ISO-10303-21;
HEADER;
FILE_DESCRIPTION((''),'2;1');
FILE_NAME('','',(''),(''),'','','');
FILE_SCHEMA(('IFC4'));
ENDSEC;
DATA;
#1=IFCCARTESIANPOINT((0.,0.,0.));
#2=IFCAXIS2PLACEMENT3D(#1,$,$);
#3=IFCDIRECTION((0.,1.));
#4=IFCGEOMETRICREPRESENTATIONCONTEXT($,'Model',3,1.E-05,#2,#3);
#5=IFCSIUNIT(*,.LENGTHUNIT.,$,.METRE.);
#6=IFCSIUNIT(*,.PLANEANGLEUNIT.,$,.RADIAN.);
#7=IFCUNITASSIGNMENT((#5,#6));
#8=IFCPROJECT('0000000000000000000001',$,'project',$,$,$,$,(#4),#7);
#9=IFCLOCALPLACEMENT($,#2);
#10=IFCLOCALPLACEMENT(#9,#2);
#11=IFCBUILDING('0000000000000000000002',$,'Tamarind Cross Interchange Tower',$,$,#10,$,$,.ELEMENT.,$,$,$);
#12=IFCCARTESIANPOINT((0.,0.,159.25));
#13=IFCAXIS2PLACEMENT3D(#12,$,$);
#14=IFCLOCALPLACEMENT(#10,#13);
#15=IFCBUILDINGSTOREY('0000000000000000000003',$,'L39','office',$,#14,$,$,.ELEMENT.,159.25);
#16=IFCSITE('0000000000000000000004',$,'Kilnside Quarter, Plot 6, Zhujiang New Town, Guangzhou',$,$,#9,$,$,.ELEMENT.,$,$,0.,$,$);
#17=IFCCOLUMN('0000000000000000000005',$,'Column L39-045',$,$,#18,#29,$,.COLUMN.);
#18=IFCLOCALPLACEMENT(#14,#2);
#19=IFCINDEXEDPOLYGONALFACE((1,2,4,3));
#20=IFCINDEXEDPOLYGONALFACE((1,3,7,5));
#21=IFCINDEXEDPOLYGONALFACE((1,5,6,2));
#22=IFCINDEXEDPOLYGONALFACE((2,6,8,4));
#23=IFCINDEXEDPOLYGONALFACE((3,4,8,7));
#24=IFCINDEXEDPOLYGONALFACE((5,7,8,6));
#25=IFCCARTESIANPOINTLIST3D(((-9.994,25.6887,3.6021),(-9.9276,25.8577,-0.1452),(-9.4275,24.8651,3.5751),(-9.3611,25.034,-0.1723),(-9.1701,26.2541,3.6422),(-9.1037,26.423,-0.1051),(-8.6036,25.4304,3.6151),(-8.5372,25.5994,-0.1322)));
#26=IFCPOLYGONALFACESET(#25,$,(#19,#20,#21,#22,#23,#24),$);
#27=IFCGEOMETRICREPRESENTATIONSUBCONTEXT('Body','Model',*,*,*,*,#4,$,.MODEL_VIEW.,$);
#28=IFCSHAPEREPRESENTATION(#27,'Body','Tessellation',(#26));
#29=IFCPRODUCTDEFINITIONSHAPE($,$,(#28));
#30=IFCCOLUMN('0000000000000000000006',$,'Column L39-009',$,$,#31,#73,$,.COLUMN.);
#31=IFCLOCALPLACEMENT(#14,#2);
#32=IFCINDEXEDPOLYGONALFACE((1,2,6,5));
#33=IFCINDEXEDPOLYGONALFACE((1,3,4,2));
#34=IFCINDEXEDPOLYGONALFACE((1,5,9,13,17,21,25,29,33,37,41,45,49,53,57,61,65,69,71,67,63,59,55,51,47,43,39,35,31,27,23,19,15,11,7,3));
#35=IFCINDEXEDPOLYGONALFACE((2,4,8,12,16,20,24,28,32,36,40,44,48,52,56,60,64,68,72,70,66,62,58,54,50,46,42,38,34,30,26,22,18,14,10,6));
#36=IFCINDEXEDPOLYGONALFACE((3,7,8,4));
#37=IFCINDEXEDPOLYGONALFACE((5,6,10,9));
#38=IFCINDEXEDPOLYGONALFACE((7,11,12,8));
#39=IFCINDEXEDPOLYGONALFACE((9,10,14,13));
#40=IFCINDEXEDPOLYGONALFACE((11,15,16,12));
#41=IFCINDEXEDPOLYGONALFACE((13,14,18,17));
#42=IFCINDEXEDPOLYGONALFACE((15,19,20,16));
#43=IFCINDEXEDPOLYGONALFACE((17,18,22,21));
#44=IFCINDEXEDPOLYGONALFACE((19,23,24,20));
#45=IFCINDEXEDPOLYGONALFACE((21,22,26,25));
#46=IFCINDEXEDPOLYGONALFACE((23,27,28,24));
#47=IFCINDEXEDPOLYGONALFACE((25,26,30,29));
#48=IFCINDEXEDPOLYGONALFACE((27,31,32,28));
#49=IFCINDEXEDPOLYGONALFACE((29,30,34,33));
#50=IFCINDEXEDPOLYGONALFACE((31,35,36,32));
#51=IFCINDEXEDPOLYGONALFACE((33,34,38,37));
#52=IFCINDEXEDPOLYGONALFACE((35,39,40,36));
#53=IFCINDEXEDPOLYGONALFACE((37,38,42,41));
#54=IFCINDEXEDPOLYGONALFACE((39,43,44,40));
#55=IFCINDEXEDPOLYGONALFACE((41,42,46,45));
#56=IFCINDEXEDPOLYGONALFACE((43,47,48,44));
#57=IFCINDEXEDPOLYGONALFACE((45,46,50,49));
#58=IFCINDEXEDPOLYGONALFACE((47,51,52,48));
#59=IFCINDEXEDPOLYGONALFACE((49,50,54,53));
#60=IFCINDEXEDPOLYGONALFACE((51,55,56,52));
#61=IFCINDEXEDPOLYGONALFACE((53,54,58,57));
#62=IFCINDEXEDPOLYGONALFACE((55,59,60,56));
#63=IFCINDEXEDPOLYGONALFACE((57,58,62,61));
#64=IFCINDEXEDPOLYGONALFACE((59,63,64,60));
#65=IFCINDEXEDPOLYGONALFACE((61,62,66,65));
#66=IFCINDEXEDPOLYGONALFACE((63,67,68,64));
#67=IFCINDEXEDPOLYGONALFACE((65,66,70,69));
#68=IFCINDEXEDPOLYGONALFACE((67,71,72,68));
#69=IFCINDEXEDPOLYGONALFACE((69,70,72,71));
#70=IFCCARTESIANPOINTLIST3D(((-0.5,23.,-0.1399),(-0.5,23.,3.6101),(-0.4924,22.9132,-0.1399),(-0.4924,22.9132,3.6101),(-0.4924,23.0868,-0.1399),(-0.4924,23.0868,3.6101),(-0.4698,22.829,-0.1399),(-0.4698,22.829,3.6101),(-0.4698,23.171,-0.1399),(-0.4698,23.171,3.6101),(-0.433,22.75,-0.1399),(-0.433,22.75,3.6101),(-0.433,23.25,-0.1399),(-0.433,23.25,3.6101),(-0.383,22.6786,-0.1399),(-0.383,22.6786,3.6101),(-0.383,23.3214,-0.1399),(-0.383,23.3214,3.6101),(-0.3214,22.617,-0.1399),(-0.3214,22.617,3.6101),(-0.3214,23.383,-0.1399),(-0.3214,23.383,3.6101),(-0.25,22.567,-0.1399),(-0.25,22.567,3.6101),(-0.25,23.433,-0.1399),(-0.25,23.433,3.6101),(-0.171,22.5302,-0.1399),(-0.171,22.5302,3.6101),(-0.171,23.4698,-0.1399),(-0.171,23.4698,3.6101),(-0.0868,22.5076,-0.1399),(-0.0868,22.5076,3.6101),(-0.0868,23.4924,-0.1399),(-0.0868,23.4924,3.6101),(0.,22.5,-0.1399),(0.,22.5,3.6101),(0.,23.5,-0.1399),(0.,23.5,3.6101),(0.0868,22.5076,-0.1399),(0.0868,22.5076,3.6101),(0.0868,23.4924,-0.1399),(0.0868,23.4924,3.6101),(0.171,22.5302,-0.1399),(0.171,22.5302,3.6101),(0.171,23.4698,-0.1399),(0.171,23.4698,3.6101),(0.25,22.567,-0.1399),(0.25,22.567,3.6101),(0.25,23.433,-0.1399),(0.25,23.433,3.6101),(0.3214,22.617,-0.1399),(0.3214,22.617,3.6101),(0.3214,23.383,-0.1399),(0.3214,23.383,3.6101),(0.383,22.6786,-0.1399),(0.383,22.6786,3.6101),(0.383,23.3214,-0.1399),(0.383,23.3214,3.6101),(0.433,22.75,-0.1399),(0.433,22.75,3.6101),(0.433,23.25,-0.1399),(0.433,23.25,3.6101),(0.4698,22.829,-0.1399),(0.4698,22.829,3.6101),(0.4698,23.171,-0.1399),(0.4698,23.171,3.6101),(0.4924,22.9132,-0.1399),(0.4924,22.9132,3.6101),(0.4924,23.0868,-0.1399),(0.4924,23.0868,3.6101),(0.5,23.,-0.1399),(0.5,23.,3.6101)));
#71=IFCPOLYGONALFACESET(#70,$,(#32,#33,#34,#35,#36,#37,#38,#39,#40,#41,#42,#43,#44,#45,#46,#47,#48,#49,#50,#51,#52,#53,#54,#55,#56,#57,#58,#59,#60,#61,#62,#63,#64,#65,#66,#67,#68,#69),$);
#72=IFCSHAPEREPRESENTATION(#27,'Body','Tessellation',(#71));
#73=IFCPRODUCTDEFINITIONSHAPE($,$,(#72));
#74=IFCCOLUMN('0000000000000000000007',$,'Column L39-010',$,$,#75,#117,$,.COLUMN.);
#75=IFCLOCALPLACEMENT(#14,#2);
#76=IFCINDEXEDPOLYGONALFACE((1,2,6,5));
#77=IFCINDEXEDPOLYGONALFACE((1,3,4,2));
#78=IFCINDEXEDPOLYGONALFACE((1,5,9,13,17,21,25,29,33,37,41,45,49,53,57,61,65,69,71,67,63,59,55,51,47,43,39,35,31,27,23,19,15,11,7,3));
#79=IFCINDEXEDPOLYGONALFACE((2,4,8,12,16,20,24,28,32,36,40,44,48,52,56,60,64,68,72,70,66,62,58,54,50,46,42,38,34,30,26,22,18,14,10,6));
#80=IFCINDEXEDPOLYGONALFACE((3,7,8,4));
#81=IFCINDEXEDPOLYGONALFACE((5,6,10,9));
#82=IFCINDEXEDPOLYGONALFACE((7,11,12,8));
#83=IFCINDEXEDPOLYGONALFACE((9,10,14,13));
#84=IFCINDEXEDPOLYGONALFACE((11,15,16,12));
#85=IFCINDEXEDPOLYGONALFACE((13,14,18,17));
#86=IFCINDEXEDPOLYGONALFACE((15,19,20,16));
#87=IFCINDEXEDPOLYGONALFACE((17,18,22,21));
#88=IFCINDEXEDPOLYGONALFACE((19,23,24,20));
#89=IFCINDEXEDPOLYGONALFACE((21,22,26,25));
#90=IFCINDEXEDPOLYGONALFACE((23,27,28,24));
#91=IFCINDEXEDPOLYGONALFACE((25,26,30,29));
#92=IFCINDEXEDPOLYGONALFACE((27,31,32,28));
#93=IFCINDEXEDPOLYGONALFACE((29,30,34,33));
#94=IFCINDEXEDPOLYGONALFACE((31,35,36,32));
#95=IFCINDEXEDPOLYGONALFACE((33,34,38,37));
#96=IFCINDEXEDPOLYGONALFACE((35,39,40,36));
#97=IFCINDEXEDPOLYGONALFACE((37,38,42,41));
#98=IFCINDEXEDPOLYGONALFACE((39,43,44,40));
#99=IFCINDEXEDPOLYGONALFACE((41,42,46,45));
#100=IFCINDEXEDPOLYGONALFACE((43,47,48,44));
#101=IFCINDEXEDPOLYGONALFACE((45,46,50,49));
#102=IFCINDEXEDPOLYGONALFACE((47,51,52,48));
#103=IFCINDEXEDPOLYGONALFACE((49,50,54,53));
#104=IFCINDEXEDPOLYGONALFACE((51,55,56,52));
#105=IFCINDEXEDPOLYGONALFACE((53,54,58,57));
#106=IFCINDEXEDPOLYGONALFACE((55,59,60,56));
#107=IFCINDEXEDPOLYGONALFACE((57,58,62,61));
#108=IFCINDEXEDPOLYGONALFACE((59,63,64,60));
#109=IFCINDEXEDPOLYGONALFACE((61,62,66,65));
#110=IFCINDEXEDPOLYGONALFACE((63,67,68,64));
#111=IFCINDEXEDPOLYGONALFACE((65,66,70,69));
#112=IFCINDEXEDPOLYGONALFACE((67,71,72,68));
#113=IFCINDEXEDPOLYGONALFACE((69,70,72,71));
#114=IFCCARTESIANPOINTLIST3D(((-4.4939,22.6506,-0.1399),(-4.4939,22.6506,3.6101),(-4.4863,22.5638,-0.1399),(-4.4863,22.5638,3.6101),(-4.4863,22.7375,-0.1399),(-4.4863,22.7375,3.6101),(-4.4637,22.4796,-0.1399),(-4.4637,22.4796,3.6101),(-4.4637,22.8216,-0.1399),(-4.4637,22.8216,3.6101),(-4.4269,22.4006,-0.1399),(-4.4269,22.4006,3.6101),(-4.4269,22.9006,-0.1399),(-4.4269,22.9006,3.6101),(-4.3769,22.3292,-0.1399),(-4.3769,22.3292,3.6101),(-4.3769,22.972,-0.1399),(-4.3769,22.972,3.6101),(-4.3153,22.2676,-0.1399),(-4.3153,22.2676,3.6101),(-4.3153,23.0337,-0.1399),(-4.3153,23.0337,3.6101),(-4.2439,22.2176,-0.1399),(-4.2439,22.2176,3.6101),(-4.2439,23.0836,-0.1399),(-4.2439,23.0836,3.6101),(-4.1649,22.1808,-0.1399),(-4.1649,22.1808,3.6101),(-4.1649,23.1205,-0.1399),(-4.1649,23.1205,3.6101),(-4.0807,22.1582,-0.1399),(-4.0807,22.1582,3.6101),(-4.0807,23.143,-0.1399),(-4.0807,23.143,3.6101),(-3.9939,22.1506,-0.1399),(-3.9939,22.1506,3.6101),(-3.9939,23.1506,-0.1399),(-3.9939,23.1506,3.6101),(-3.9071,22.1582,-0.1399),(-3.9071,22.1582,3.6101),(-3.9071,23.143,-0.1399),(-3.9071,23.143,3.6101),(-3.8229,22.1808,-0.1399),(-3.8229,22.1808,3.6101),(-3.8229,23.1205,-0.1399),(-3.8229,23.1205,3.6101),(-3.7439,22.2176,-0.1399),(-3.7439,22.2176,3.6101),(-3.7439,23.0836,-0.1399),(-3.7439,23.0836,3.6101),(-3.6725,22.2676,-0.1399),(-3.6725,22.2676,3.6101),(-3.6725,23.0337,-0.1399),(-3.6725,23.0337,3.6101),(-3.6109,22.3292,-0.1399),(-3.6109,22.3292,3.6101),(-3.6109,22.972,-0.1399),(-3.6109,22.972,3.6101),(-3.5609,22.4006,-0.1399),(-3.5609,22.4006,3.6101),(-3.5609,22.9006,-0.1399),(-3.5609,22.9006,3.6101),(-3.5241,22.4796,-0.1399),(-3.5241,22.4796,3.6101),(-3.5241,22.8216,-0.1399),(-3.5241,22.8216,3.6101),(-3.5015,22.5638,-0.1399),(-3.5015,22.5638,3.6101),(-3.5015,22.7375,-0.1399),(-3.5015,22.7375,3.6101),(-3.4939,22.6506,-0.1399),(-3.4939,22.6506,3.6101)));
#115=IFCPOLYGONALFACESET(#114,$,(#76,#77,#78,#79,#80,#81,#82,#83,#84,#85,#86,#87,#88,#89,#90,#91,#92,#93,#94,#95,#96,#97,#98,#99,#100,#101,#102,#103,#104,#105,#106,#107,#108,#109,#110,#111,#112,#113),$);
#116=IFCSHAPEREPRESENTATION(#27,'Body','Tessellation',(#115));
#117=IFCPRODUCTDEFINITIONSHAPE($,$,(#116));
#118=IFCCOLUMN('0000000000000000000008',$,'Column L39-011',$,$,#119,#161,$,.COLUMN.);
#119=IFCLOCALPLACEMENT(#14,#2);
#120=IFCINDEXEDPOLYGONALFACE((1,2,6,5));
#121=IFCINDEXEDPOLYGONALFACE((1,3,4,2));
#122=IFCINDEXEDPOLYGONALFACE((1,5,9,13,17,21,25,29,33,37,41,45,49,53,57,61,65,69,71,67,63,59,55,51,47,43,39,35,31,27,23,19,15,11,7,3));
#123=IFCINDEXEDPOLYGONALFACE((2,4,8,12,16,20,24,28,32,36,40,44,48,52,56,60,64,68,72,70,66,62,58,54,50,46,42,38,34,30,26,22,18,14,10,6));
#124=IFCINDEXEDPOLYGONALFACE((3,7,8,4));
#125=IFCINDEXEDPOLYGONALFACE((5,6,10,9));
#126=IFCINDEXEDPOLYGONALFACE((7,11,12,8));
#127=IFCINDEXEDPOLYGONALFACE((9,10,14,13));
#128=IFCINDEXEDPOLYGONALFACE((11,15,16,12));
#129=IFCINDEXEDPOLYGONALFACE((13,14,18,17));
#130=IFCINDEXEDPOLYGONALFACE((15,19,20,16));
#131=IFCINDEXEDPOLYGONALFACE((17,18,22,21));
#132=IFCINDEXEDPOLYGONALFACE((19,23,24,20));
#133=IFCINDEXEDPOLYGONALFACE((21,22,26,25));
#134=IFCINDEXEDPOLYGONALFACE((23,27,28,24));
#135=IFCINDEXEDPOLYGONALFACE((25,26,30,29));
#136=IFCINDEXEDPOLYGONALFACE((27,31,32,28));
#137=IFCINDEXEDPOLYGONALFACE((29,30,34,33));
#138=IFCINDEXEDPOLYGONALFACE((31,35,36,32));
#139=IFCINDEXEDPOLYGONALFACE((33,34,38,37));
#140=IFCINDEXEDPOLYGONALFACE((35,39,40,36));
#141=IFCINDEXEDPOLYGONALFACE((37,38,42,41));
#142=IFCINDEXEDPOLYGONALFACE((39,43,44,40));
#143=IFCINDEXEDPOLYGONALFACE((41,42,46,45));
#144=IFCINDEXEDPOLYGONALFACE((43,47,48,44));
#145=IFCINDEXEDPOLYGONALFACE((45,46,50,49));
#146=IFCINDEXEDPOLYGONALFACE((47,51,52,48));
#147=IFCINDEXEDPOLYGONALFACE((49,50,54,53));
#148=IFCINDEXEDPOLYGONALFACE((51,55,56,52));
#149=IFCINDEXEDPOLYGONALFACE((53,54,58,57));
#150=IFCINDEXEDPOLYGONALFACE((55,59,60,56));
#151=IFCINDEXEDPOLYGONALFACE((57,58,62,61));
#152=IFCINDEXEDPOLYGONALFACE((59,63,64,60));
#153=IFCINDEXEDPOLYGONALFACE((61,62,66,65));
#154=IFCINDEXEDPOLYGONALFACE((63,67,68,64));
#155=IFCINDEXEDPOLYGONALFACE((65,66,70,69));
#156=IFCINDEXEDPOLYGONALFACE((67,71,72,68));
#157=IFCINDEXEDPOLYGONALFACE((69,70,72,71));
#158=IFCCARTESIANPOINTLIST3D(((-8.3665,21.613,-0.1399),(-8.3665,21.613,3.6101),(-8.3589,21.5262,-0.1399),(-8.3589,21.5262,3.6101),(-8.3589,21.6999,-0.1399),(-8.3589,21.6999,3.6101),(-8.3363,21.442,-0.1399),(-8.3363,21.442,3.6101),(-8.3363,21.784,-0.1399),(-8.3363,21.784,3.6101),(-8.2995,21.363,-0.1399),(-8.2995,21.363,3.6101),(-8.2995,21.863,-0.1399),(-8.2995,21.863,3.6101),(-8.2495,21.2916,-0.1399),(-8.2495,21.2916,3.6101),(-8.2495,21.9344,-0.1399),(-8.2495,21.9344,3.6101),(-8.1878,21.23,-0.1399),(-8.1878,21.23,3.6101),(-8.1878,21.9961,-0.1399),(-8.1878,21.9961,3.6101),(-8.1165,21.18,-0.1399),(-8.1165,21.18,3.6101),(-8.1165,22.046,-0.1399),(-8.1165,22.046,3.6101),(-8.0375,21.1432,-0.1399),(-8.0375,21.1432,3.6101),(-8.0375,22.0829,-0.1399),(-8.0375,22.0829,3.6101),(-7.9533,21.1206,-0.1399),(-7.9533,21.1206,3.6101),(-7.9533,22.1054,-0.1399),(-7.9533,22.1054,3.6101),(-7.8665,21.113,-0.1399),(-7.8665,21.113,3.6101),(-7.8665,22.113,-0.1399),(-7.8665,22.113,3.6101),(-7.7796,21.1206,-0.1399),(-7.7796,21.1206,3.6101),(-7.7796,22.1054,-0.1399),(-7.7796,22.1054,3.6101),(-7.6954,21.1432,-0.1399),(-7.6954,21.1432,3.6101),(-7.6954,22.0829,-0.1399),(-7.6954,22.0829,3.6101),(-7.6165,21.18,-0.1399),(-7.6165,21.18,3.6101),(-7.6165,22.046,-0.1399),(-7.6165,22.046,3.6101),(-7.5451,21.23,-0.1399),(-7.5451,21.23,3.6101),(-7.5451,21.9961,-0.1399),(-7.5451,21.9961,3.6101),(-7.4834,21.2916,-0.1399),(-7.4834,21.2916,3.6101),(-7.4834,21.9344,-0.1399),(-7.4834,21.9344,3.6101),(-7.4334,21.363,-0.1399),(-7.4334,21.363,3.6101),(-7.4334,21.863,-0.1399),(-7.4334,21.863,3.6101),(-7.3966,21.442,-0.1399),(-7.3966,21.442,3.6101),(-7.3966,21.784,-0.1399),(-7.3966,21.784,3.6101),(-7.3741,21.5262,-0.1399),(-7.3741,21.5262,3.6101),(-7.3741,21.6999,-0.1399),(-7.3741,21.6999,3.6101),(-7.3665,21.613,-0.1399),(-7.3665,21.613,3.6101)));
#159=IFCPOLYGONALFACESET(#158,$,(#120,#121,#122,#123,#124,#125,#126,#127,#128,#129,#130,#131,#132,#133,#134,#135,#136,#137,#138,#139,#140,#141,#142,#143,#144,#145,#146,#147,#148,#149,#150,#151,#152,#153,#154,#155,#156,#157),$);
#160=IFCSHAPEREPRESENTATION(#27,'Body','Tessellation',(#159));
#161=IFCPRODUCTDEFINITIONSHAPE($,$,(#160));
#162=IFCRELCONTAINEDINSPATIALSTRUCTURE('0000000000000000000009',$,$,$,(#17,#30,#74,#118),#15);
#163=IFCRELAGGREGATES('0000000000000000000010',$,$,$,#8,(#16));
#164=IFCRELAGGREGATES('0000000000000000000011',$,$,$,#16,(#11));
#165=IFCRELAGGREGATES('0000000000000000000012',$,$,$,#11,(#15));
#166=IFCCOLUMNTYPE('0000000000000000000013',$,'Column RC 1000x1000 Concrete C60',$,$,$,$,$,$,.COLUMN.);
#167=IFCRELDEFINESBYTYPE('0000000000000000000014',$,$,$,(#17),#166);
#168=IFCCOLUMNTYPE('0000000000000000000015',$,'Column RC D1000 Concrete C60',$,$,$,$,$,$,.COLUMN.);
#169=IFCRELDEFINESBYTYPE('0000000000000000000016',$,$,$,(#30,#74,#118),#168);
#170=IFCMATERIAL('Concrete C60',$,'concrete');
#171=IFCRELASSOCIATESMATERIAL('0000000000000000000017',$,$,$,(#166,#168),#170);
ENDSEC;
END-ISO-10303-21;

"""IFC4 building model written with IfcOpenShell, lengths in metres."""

from ifc_helpers import new_model, si_unit, direction, frame, origin, origin_2d, place, context, subcontext, project, spatial, rectangle, circle, extrude, material, material_profile, profile_set, type_object, element, save


model = new_model("IFC4")

# Units and contexts
model_context = context("Model", 3, precision=1e-05, world=origin(), true_north=direction((0.0, 1.0)))
body_context = subcontext(model_context, "Body", "Model", "MODEL_VIEW")
ifc_project = project(units=[si_unit("LENGTHUNIT", "METRE"), si_unit("PLANEANGLEUNIT", "RADIAN")], contexts=[model_context])

# Site, building, storey
site_placement = place(None, origin())
site = spatial("IfcSite", under=ifc_project, at=site_placement, Name="Kilnside Quarter, Plot 6, Zhujiang New Town, Guangzhou", CompositionType="ELEMENT", RefElevation=0.0)
building_placement = place(site_placement, origin())
building = spatial("IfcBuilding", under=site, at=building_placement, Name="Tamarind Cross Interchange Tower", CompositionType="ELEMENT")
storey_placement = place(building_placement, frame((0.0, 0.0, 159.25)))
storey = spatial("IfcBuildingStorey", under=building, at=storey_placement, Name="L39", Description="office", CompositionType="ELEMENT", Elevation=159.25)

# Columns
ifc_material_1 = material(Name="Concrete C60", Category="concrete")
ifc_material_profile_1 = material_profile(ifc_material_1, rectangle(XDim=1.0, YDim=1.0, at=origin_2d()), Name="RC 1000x1000")
ifc_profile_set_1 = profile_set([ifc_material_profile_1], Name="Concrete C60")
column_type_1 = type_object("IfcColumnType", Name="Column RC 1000x1000 Concrete C60", PredefinedType="COLUMN", material=ifc_profile_set_1)
column_placement = place(storey_placement, frame((-9.2324, 25.7285, -0.1387), z_axis=(-0.0177, -0.045032, 0.998829), x_axis=(0.823878, 0.565347, 0.040088)))
element("IfcColumn", 1, at=column_placement, inside=storey, type_object=column_type_1, Name="Column L39-045", PredefinedType="COLUMN", context=body_context, shape_type="SweptSolid", body=[
    extrude(rectangle(XDim=1.0, YDim=1.0, at=origin_2d()), origin(), (0.0, 0.0, 1.0), 3.7517),
])
ifc_material_profile_2 = material_profile(ifc_material_1, circle(Radius=0.5, at=origin_2d()), Name="RC D1000")
ifc_profile_set_2 = profile_set([ifc_material_profile_2], Name="Concrete C60")
column_type_2 = type_object("IfcColumnType", Name="Column RC D1000 Concrete C60", PredefinedType="COLUMN", material=ifc_profile_set_2)
for number, where, z_axis, x_axis, name in (
    (2, (0.0, 23.0, -0.1399), (0.0, 0.0, 1.0), (1.0, 0.0, 0.0), "Column L39-009"),
    (3, (-3.9939, 22.6506, -0.1399), (0.0, 0.0, 1.0), (1.0, 0.0, 0.0), "Column L39-010"),
    (4, (-7.8665, 21.613, -0.1399), (0.0, 0.0, 1.0), (1.0, 0.0, 0.0), "Column L39-011"),
):
    element("IfcColumn", number, at=place(storey_placement, frame(where, z_axis=z_axis, x_axis=x_axis)), inside=storey, type_object=column_type_2, Name=name, PredefinedType="COLUMN", context=body_context, shape_type="SweptSolid", body=[
        extrude(circle(Radius=0.5, at=origin_2d()), origin(), (0.0, 0.0, 1.0), 3.75),
    ])

save(model, "model.ifc")
